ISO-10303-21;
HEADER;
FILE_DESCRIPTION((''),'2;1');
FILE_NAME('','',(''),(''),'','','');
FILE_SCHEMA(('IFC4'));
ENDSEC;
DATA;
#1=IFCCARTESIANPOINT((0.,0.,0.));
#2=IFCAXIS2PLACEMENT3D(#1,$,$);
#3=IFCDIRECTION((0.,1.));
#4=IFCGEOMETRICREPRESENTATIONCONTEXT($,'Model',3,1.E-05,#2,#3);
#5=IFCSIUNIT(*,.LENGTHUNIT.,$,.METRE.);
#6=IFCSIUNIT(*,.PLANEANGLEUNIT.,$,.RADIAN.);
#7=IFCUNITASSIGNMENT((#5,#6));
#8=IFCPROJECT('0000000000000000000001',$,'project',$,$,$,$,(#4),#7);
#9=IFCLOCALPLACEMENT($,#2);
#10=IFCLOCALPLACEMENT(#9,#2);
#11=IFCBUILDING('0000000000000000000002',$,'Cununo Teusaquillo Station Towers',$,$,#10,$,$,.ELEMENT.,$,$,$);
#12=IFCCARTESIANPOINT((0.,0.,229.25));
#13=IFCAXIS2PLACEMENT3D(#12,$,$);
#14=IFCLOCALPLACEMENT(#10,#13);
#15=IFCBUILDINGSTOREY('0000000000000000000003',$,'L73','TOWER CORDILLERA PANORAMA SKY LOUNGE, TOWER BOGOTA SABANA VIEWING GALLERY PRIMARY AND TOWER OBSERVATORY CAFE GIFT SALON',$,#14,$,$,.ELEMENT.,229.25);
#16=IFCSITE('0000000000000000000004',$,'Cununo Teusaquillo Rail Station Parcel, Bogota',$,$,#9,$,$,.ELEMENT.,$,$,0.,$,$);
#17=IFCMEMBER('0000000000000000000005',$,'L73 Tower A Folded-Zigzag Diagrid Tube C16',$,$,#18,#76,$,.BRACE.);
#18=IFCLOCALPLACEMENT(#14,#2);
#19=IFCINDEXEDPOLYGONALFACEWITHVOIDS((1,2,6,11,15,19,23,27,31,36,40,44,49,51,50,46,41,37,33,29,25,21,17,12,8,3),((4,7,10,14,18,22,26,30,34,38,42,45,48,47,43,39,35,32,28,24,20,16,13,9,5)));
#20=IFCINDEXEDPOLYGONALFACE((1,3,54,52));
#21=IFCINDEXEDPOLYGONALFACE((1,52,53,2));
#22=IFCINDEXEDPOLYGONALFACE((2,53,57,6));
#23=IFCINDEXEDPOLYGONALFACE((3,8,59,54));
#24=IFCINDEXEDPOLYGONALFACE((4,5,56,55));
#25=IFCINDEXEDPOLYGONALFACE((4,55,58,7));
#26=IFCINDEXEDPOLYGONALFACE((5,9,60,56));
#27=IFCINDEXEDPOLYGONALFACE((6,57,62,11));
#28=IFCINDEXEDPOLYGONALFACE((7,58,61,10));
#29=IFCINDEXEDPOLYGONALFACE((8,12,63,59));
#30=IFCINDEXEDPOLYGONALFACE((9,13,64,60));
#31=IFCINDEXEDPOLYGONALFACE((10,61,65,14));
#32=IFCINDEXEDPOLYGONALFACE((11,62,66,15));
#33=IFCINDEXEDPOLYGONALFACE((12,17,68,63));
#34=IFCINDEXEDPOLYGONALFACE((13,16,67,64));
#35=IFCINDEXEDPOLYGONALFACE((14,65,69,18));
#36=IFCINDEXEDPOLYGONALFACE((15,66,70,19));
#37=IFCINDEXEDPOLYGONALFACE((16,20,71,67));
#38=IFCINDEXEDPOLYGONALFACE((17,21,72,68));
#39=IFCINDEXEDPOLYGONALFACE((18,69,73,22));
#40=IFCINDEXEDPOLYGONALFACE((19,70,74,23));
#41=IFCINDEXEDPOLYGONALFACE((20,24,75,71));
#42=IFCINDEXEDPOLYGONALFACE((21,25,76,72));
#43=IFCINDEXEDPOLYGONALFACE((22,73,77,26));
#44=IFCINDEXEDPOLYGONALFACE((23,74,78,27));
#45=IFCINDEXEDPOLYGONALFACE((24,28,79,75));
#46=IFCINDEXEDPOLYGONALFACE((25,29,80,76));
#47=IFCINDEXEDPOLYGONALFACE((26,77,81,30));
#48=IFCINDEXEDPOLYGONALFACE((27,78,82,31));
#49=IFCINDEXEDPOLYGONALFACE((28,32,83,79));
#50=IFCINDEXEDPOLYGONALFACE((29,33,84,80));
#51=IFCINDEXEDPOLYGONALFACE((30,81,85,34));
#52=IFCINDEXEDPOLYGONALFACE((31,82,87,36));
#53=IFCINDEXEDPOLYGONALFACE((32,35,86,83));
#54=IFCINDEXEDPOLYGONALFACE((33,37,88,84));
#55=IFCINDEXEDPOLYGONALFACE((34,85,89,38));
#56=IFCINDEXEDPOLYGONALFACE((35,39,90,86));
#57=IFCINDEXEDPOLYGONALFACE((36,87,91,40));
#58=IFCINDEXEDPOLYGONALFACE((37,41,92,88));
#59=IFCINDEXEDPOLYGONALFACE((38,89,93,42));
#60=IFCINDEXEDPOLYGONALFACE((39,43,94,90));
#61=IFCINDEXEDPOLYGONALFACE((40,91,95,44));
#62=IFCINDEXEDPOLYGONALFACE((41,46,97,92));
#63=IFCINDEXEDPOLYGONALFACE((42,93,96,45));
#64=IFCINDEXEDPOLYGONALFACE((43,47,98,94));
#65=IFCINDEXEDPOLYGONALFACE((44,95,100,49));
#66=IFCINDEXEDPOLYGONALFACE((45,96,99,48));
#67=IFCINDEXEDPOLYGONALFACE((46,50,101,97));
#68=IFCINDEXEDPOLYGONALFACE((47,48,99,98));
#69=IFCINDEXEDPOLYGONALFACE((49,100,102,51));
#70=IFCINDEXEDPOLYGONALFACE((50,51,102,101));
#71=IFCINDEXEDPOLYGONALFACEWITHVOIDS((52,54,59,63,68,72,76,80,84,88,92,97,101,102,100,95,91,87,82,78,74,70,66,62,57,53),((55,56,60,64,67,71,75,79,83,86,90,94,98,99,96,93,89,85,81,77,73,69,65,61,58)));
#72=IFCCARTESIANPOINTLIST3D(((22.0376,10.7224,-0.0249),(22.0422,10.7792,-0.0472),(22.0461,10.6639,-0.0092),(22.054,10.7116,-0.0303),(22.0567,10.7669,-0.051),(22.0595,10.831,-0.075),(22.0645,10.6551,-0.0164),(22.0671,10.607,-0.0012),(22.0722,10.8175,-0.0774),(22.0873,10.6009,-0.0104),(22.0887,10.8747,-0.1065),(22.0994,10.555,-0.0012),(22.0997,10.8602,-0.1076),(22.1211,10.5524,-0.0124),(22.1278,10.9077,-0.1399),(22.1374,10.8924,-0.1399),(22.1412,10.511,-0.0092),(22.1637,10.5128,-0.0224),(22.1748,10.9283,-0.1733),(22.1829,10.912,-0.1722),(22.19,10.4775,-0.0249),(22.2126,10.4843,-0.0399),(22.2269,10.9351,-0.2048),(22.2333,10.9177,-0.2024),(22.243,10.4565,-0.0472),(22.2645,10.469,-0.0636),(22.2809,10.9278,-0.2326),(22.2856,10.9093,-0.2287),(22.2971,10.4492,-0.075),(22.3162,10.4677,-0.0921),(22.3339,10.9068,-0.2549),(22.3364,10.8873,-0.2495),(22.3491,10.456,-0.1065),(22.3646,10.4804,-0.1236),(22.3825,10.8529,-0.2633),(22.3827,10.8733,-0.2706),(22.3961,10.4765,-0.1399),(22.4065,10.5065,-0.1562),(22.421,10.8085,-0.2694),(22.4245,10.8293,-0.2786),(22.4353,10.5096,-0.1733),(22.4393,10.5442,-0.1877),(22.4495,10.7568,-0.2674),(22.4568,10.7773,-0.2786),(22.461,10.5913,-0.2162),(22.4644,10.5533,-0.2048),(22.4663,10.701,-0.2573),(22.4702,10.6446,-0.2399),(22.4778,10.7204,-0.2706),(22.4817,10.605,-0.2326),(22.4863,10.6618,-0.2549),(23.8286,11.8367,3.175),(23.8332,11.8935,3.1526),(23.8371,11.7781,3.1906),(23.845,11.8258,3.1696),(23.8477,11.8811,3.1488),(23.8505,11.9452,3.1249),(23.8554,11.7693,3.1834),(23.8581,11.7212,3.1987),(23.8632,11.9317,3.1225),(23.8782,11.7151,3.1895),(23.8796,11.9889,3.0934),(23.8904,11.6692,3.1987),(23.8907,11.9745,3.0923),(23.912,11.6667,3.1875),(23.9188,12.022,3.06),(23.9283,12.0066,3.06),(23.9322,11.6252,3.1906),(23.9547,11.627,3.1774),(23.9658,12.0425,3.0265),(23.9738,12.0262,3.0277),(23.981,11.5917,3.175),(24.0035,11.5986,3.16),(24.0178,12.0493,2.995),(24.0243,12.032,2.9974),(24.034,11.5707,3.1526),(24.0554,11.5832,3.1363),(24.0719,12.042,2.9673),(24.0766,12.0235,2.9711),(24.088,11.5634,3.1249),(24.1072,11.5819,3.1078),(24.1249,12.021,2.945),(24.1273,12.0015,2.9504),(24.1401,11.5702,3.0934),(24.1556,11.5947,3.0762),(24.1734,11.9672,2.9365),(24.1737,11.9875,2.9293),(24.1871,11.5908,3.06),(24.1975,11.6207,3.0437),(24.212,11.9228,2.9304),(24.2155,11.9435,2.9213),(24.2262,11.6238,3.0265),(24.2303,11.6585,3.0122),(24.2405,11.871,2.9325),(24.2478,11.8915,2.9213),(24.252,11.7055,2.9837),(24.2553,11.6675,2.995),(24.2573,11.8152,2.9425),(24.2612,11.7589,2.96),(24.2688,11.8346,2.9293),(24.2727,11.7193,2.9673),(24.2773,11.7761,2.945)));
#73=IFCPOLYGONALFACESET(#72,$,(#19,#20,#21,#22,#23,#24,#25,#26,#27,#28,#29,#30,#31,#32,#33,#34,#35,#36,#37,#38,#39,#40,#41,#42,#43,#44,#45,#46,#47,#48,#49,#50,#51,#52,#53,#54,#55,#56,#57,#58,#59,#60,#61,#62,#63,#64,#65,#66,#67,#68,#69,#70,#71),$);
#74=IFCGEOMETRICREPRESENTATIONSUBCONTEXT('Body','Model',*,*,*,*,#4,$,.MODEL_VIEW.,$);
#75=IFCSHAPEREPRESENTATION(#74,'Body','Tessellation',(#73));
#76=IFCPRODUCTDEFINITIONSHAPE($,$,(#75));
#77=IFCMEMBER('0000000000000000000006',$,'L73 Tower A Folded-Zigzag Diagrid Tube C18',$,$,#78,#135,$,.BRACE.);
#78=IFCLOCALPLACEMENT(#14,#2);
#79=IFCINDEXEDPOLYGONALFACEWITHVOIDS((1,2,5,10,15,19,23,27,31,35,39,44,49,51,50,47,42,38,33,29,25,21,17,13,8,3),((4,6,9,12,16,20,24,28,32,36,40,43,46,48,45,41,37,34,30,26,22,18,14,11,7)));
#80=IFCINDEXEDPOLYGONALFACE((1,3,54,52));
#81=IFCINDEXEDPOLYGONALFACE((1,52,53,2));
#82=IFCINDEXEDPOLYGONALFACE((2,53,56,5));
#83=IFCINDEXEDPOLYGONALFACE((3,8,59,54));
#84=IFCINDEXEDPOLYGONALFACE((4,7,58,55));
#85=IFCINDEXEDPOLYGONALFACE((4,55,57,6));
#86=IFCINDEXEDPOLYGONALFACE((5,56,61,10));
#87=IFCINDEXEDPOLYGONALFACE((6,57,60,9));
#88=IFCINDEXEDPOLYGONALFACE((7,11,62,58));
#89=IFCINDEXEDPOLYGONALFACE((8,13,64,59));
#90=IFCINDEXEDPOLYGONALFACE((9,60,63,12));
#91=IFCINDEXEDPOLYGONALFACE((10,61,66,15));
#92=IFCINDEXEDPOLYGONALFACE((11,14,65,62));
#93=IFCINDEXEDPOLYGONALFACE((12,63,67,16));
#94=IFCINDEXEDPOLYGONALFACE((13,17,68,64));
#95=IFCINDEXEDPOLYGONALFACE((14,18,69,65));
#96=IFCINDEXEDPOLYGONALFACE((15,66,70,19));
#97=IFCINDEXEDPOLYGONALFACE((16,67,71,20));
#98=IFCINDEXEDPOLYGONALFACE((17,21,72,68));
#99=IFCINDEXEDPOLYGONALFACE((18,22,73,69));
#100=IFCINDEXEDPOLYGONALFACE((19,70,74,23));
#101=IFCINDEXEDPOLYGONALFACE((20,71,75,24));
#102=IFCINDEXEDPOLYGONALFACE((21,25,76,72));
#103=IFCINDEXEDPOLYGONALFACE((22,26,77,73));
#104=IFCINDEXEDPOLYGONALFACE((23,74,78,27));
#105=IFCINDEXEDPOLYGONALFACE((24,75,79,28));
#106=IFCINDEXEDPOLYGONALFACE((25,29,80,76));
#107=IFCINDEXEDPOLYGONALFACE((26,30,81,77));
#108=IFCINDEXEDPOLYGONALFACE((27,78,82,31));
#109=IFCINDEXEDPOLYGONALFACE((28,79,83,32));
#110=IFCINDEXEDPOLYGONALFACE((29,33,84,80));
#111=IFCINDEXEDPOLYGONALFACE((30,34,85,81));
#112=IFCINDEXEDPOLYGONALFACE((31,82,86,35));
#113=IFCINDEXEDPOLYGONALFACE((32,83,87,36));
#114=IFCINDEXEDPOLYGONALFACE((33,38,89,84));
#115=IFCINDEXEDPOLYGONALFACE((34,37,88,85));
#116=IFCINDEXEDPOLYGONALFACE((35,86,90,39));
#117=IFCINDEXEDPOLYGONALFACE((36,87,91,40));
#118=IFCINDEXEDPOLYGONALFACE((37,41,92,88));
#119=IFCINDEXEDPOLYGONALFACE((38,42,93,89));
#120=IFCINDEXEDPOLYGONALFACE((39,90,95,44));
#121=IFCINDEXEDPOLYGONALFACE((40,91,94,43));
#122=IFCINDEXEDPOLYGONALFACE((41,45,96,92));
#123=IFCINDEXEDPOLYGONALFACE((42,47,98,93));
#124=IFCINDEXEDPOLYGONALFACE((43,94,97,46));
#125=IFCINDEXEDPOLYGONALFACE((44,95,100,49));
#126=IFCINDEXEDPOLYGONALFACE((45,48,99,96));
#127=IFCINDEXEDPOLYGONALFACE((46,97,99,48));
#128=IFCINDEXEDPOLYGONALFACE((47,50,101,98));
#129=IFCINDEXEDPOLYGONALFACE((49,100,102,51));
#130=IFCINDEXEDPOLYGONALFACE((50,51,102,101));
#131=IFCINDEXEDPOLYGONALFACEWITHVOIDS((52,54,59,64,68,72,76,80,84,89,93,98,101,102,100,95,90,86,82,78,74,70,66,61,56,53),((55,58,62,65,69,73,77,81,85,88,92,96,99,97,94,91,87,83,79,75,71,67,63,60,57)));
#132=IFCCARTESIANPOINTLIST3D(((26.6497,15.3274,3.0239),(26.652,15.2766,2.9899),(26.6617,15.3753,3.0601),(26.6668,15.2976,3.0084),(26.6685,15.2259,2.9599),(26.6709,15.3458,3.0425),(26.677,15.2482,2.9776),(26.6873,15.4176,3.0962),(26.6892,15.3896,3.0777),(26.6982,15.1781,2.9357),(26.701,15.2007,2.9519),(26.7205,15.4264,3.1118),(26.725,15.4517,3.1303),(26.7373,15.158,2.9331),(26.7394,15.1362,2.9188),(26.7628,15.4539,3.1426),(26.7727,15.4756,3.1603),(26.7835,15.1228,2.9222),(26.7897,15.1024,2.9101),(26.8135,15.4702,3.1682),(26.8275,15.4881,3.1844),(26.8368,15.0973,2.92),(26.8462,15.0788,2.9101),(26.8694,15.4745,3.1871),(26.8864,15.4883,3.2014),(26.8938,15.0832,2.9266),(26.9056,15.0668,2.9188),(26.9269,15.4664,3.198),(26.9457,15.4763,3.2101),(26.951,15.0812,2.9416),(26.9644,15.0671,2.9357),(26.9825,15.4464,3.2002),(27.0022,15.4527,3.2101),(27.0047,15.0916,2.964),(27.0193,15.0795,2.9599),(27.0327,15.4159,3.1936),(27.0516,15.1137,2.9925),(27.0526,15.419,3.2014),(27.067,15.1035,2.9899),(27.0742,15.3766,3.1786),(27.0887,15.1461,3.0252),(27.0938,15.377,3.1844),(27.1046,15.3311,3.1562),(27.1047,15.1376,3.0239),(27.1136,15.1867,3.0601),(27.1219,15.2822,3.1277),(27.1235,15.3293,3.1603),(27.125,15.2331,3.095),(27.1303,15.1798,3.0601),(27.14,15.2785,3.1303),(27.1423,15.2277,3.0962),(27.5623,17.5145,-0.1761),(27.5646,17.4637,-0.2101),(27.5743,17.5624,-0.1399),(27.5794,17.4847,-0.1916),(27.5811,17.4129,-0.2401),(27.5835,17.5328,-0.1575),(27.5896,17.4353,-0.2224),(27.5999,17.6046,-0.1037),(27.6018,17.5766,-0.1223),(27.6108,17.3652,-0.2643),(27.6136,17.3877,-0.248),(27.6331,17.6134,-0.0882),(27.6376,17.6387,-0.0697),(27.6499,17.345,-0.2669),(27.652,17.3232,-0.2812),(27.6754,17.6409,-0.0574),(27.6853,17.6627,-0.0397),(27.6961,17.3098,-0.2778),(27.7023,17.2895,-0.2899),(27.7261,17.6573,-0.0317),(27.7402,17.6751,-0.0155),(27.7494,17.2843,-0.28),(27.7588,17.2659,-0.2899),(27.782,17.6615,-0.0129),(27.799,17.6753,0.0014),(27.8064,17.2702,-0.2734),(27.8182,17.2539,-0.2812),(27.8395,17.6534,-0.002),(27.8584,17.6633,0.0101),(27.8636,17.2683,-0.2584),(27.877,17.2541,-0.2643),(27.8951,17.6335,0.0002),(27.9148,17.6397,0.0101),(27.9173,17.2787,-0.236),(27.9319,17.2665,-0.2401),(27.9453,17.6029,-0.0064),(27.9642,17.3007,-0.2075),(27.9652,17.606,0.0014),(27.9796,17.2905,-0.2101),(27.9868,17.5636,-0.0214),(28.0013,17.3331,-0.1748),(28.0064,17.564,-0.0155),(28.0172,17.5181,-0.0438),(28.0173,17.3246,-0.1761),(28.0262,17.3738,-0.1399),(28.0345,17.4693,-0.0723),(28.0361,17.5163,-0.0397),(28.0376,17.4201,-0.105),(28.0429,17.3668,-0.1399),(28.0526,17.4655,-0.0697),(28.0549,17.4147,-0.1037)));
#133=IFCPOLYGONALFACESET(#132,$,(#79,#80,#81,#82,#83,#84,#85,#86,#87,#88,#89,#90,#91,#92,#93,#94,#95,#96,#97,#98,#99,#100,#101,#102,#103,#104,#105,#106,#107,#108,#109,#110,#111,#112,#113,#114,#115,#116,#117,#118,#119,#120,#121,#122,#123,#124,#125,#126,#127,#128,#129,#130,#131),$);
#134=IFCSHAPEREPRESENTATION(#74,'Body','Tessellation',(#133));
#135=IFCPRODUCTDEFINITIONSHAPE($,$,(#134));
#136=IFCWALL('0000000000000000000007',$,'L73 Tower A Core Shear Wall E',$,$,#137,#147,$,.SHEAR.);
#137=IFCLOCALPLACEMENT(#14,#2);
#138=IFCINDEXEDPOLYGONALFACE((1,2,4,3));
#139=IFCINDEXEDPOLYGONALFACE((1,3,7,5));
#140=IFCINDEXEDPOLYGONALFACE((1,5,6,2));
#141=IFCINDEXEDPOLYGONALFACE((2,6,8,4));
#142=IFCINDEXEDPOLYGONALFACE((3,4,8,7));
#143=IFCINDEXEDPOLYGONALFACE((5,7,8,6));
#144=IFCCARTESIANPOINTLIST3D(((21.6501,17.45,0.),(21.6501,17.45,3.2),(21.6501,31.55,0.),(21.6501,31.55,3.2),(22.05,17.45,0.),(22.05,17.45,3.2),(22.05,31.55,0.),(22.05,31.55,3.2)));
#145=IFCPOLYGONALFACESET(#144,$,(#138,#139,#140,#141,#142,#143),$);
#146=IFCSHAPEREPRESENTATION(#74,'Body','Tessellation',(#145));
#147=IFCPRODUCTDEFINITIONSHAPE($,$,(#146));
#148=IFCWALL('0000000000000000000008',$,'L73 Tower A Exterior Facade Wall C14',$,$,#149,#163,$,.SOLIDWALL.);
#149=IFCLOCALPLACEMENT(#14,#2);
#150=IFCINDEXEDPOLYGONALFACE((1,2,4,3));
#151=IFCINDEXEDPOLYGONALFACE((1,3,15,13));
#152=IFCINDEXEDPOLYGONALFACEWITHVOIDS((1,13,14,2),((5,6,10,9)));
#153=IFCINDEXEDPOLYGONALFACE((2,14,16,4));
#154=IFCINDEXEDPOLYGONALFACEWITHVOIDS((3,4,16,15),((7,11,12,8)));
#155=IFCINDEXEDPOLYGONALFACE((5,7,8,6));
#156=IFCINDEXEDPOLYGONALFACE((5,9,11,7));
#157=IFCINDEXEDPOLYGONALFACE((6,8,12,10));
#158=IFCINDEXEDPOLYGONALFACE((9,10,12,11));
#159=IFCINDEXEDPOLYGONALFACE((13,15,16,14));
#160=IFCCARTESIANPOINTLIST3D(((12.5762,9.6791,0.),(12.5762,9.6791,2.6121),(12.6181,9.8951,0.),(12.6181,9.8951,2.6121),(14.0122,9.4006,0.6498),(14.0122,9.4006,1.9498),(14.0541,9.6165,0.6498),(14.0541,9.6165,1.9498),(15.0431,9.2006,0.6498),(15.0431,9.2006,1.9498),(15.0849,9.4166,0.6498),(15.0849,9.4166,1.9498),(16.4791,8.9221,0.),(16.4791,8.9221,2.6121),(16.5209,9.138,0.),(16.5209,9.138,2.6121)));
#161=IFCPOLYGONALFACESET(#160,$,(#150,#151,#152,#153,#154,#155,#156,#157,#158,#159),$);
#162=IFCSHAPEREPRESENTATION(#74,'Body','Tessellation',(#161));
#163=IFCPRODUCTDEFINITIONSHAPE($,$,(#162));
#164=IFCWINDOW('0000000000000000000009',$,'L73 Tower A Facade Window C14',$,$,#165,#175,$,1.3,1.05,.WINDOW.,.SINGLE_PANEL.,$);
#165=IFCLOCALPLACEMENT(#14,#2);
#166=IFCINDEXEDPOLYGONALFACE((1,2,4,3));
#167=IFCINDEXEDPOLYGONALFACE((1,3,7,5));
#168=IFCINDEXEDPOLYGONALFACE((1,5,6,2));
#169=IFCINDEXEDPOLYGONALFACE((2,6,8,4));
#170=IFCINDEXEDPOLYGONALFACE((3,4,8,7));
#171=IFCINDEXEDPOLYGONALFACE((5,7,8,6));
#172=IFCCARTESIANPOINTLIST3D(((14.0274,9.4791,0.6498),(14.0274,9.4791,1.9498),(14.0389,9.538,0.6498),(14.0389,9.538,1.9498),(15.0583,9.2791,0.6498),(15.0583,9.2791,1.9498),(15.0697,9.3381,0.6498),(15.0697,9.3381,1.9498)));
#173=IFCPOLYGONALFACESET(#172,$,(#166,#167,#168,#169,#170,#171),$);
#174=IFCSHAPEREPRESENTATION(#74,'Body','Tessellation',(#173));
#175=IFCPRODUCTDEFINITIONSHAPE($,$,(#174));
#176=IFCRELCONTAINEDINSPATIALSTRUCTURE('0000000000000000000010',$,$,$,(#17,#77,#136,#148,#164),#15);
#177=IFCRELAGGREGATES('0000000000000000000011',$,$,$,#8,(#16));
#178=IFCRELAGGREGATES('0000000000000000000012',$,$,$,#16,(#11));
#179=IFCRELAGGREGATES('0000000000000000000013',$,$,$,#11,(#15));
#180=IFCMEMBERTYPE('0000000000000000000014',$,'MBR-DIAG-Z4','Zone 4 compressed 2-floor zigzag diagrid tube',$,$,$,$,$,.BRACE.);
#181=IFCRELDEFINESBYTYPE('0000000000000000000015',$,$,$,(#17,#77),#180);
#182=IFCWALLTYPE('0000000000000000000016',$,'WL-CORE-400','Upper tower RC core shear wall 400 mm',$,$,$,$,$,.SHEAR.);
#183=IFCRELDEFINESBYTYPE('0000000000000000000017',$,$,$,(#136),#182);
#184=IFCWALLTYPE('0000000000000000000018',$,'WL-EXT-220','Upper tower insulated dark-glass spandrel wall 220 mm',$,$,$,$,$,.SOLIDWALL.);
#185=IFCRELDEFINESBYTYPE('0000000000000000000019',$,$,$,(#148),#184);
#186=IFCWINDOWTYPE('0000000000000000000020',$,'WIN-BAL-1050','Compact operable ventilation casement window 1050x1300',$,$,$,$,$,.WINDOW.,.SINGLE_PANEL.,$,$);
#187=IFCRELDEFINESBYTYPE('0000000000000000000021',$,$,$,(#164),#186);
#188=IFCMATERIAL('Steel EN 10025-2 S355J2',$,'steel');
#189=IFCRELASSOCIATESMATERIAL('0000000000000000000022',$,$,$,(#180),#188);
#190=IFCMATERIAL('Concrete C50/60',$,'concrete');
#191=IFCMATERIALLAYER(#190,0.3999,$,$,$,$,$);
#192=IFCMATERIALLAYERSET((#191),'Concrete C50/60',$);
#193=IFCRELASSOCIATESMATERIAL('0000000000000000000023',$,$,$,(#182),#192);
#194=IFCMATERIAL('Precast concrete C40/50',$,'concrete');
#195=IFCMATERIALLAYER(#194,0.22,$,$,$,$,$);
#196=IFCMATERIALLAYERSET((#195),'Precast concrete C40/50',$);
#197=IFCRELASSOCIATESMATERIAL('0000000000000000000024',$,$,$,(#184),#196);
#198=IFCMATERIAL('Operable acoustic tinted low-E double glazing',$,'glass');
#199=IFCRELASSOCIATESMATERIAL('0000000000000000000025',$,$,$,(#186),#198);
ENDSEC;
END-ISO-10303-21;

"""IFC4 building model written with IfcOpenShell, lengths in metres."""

from ifc_helpers import new_model, si_unit, direction, frame, frame_2d, origin, origin_2d, place, context, subcontext, project, spatial, rectangle, hollow_circle, extrude, source, transform, mapped, material, layer, layer_set, material_profile, profile_set, type_object, element, fill, save


model = new_model("IFC4")

# Units and contexts
model_context = context("Model", 3, precision=1e-05, world=origin(), true_north=direction((0.0, 1.0)))
body_context = subcontext(model_context, "Body", "Model", "MODEL_VIEW")
ifc_project = project(units=[si_unit("LENGTHUNIT", "METRE"), si_unit("PLANEANGLEUNIT", "RADIAN")], contexts=[model_context])

# Site, building, storey
site_placement = place(None, origin())
site = spatial("IfcSite", under=ifc_project, at=site_placement, Name="Cununo Teusaquillo Rail Station Parcel, Bogota", CompositionType="ELEMENT", RefElevation=0.0)
building_placement = place(site_placement, origin())
building = spatial("IfcBuilding", under=site, at=building_placement, Name="Cununo Teusaquillo Station Towers", CompositionType="ELEMENT")
storey_placement = place(building_placement, frame((0.0, 0.0, 229.25)))
storey = spatial("IfcBuildingStorey", under=building, at=storey_placement, Name="L73", Description="TOWER CORDILLERA PANORAMA SKY LOUNGE, TOWER BOGOTA SABANA VIEWING GALLERY PRIMARY AND TOWER OBSERVATORY CAFE GIFT SALON", CompositionType="ELEMENT", Elevation=229.25)

# Members
ifc_material_1 = material(Name="Steel EN 10025-2 S355J2", Category="steel")
ifc_material_profile_1 = material_profile(ifc_material_1, hollow_circle(Radius=0.2539, WallThickness=0.0181, at=origin_2d()), Name="CHS 508x18")
ifc_profile_set_1 = profile_set([ifc_material_profile_1], Name="Steel EN 10025-2 S355J2")
member_type = type_object("IfcMemberType", Name="MBR-DIAG-Z4", Description="Zone 4 compressed 2-floor zigzag diagrid tube", PredefinedType="BRACE", material=ifc_profile_set_1)
member_1_placement = place(storey_placement, frame((22.262, 10.6921, -0.1399), z_axis=(0.467308, 0.29073, 0.834925), x_axis=(-0.52825, 0.849089, 0.0)))
element("IfcMember", 1, at=member_1_placement, inside=storey, type_object=member_type, Name="L73 Tower A Folded-Zigzag Diagrid Tube C16", PredefinedType="BRACE", context=body_context, shape_type="SweptSolid", body=[
    extrude(hollow_circle(Radius=0.2539, WallThickness=0.0181, at=origin_2d()), origin(), (0.0, 0.0, 1.0), 3.8325),
])
member_2_placement = place(storey_placement, frame((27.8086, 17.4646, -0.1399), z_axis=(-0.229186, -0.549238, 0.803624), x_axis=(0.922876, -0.385098, 0.0)))
element("IfcMember", 2, at=member_2_placement, inside=storey, type_object=member_type, Name="L73 Tower A Folded-Zigzag Diagrid Tube C18", PredefinedType="BRACE", context=body_context, shape_type="SweptSolid", body=[
    extrude(hollow_circle(Radius=0.2539, WallThickness=0.0181, at=origin_2d()), origin(), (0.0, 0.0, 1.0), 3.9819),
])

# Wall
ifc_material_2 = material(Name="Concrete C50/60", Category="concrete")
ifc_layer_1 = layer(ifc_material_2, 0.3999)
ifc_layer_set_1 = layer_set([ifc_layer_1], Name="Concrete C50/60")
wall_type_1 = type_object("IfcWallType", Name="WL-CORE-400", Description="Upper tower RC core shear wall 400 mm", PredefinedType="SHEAR", material=ifc_layer_set_1)
wall_1_placement = place(storey_placement, frame((21.8501, 17.45, 0.0), z_axis=(0.0, 0.0, 1.0), x_axis=(0.0, 1.0, 0.0)))
element("IfcWall", 3, at=wall_1_placement, inside=storey, type_object=wall_type_1, Name="L73 Tower A Core Shear Wall E", PredefinedType="SHEAR", context=body_context, shape_type="SweptSolid", body=[
    extrude(rectangle(XDim=14.1001, YDim=0.3999, at=frame_2d((7.05, 0.0))), origin(), (0.0, 0.0, 1.0), 3.2),
])

# Wall, opening, window
ifc_material_3 = material(Name="Precast concrete C40/50", Category="concrete")
ifc_layer_2 = layer(ifc_material_3, 0.22)
ifc_layer_set_2 = layer_set([ifc_layer_2], Name="Precast concrete C40/50")
wall_type_2 = type_object("IfcWallType", Name="WL-EXT-220", Description="Upper tower insulated dark-glass spandrel wall 220 mm", PredefinedType="SOLIDWALL", material=ifc_layer_set_2)
wall_2_placement = place(storey_placement, frame((16.5, 9.03, 0.0), z_axis=(0.0, 0.0, 1.0), x_axis=(-0.9817, 0.190432, 0.0)))
wall_2 = element("IfcWall", 4, at=wall_2_placement, inside=storey, type_object=wall_type_2, Name="L73 Tower A Exterior Facade Wall C14", PredefinedType="SOLIDWALL", context=body_context, shape_type="SweptSolid", body=[
    extrude(rectangle(XDim=3.9756, YDim=0.22, at=frame_2d((1.9878, 0.0))), origin(), (0.0, 0.0, 1.0), 2.6121),
])
shared_shape_1 = source(origin(), body_context, "Body", "SweptSolid", [
    extrude(rectangle(XDim=1.05, YDim=1.3, at=frame_2d((0.5249, 0.6499))), frame((0.0, 0.1199, 0.0), z_axis=(0.0, -1.0, 0.0), x_axis=(1.0, 0.0, 0.0)), (0.0, 0.0, 1.0), 0.24),
])
opening_1_placement = place(wall_2_placement, frame((1.4629, 0.0, 0.6499)))
opening_1 = element("IfcOpeningElement", 5, at=opening_1_placement, cuts=wall_2, PredefinedType="OPENING", context=body_context, shape_type="MappedRepresentation", body=[
    mapped(shared_shape_1, transform((0.0, 0.0, 0.0), x_axis=(1.0, 0.0, 0.0), y_axis=(0.0, 1.0, 0.0), z_axis=(0.0, 0.0, 1.0), scale=1.0)),
])
ifc_material_4 = material(Name="Operable acoustic tinted low-E double glazing", Category="glass")
window_type = type_object("IfcWindowType", Name="WIN-BAL-1050", Description="Compact operable ventilation casement window 1050x1300", PartitioningType="SINGLE_PANEL", PredefinedType="WINDOW", material=ifc_material_4)
shared_shape_2 = source(origin(), body_context, "Body", "SweptSolid", [
    extrude(rectangle(XDim=1.05, YDim=1.3, at=frame_2d((0.5249, 0.6499))), frame((0.0, 0.03, 0.0), z_axis=(0.0, -1.0, 0.0), x_axis=(1.0, 0.0, 0.0)), (0.0, 0.0, 1.0), 0.0601),
])
window_1_placement = place(opening_1_placement, origin())
window_1 = element("IfcWindow", 6, at=window_1_placement, inside=storey, type_object=window_type, Name="L73 Tower A Facade Window C14", OverallHeight=1.3, OverallWidth=1.05, PartitioningType="SINGLE_PANEL", PredefinedType="WINDOW", context=body_context, shape_type="MappedRepresentation", body=[
    mapped(shared_shape_2, transform((0.0, 0.0, 0.0), x_axis=(1.0, 0.0, 0.0), y_axis=(0.0, 1.0, 0.0), z_axis=(0.0, 0.0, 1.0), scale=1.0)),
])
fill(opening_1, window_1)

save(model, "model.ifc")
